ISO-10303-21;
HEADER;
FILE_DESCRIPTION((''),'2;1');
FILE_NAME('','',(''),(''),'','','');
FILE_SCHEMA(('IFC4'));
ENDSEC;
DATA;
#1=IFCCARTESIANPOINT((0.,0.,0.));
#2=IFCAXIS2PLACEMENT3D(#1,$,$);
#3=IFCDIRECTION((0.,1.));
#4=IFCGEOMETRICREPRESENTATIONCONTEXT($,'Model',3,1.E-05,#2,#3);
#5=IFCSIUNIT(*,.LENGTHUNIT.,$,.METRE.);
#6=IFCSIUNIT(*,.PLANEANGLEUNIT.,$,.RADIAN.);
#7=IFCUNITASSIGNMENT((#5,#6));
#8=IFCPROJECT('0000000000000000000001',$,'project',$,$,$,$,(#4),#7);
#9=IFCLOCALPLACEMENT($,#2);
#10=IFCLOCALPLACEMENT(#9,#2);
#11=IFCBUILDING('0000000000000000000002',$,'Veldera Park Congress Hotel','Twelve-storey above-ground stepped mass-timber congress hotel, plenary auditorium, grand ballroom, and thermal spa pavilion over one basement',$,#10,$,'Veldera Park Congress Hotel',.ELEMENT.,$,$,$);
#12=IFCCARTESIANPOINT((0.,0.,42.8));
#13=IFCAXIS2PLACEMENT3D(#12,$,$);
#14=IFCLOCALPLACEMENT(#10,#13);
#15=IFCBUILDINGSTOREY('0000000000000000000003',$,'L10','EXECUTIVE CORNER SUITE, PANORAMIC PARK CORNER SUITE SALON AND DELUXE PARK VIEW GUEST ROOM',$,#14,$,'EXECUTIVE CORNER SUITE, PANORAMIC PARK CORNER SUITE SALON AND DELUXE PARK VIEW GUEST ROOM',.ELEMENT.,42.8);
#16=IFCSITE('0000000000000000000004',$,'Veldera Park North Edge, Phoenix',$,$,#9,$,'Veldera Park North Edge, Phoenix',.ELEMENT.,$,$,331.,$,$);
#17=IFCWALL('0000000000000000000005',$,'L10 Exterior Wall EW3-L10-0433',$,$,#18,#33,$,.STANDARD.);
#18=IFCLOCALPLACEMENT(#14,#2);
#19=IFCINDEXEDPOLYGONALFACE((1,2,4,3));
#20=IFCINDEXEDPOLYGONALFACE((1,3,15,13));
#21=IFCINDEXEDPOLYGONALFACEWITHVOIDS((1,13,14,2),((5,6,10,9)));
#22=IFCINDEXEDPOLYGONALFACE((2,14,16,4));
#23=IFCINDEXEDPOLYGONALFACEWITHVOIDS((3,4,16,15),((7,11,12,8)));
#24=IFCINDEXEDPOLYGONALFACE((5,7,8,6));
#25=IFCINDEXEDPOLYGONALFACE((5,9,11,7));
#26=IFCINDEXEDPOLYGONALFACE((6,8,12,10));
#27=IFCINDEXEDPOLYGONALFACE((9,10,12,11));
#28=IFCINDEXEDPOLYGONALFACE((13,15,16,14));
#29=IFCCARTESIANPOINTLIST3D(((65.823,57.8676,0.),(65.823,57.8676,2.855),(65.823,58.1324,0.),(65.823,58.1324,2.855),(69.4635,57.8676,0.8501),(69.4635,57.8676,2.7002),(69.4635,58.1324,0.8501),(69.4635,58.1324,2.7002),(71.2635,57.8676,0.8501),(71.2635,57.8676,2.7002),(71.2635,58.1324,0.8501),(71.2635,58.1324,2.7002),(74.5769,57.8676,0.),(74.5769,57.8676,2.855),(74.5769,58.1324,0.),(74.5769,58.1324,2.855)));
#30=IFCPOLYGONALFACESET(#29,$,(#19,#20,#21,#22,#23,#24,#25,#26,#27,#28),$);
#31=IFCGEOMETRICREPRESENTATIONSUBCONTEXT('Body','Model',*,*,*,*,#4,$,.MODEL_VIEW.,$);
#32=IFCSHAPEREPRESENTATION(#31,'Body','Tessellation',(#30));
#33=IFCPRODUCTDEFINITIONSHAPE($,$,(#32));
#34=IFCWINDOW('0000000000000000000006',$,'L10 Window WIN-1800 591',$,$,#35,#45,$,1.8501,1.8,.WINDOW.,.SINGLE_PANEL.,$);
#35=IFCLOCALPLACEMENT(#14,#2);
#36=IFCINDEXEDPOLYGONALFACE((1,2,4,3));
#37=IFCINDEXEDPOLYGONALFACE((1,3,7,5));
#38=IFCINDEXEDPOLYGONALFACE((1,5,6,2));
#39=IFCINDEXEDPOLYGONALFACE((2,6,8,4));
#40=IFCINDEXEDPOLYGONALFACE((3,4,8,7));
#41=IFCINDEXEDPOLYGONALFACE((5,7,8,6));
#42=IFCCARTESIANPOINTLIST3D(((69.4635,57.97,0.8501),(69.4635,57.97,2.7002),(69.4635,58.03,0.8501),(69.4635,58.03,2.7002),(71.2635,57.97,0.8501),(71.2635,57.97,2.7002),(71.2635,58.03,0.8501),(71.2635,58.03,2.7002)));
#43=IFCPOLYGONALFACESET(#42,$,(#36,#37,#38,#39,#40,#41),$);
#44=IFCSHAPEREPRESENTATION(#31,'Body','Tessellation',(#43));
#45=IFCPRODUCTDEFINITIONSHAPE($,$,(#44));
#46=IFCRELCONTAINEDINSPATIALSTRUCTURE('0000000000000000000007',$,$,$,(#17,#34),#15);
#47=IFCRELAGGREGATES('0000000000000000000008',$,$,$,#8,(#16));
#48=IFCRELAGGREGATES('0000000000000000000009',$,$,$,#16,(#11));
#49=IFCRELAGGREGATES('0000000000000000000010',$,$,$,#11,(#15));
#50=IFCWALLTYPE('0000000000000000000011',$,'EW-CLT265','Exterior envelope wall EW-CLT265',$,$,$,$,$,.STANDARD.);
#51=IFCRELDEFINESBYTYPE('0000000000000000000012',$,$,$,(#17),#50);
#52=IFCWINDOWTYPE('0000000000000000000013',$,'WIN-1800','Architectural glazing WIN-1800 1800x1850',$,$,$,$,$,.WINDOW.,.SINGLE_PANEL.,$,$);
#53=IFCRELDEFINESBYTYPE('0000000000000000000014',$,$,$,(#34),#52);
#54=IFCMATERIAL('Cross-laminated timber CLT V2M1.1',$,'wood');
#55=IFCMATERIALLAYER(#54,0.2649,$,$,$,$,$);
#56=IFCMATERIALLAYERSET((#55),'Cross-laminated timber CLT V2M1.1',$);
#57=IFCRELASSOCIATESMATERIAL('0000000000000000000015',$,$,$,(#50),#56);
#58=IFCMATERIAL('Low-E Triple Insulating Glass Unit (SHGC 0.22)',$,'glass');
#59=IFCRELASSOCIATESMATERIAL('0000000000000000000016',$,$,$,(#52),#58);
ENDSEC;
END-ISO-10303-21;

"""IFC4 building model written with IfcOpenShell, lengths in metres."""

from ifc_helpers import new_model, si_unit, direction, frame, frame_2d, origin, place, context, subcontext, project, spatial, rectangle, extrude, material, layer, layer_set, type_object, element, fill, save


model = new_model("IFC4")

# Units and contexts
model_context = context("Model", 3, precision=1e-05, world=origin(), true_north=direction((0.0, 1.0)))
body_context = subcontext(model_context, "Body", "Model", "MODEL_VIEW")
ifc_project = project(units=[si_unit("LENGTHUNIT", "METRE"), si_unit("PLANEANGLEUNIT", "RADIAN")], contexts=[model_context])

# Site, building, storey
site_placement = place(None, origin())
site = spatial("IfcSite", under=ifc_project, at=site_placement, Name="Veldera Park North Edge, Phoenix", LongName="Veldera Park North Edge, Phoenix", CompositionType="ELEMENT", RefElevation=331.0)
building_placement = place(site_placement, origin())
building = spatial("IfcBuilding", under=site, at=building_placement, Name="Veldera Park Congress Hotel", Description="Twelve-storey above-ground stepped mass-timber congress hotel, plenary auditorium, grand ballroom, and thermal spa pavilion over one basement", LongName="Veldera Park Congress Hotel", CompositionType="ELEMENT")
storey_placement = place(building_placement, frame((0.0, 0.0, 42.8)))
storey = spatial("IfcBuildingStorey", under=building, at=storey_placement, Name="L10", Description="EXECUTIVE CORNER SUITE, PANORAMIC PARK CORNER SUITE SALON AND DELUXE PARK VIEW GUEST ROOM", LongName="EXECUTIVE CORNER SUITE, PANORAMIC PARK CORNER SUITE SALON AND DELUXE PARK VIEW GUEST ROOM", CompositionType="ELEMENT", Elevation=42.8)

# Shared definitions
ifc_material_1 = material(Name="Low-E Triple Insulating Glass Unit (SHGC 0.22)", Category="glass")

# Wall, opening, window
ifc_material_2 = material(Name="Cross-laminated timber CLT V2M1.1", Category="wood")
ifc_layer_1 = layer(ifc_material_2, 0.2649)
ifc_layer_set_1 = layer_set([ifc_layer_1], Name="Cross-laminated timber CLT V2M1.1")
wall_type = type_object("IfcWallType", Name="EW-CLT265", Description="Exterior envelope wall EW-CLT265", PredefinedType="STANDARD", material=ifc_layer_set_1)
wall_placement = place(storey_placement, frame((74.5769, 58.0, 0.0), z_axis=(0.0, 0.0, 1.0), x_axis=(-1.0, 0.0, 0.0)))
wall = element("IfcWall", 1, at=wall_placement, inside=storey, type_object=wall_type, Name="L10 Exterior Wall EW3-L10-0433", PredefinedType="STANDARD", context=body_context, shape_type="SweptSolid", body=[
    extrude(rectangle(XDim=8.7539, YDim=0.2649, at=frame_2d((4.377, 0.0))), origin(), (0.0, 0.0, 1.0), 2.855),
])
opening_placement = place(wall_placement, frame((3.3135, 0.0, 0.8501)))
opening = element("IfcOpeningElement", 2, at=opening_placement, cuts=wall, PredefinedType="OPENING", context=body_context, shape_type="SweptSolid", body=[
    extrude(rectangle(XDim=1.8, YDim=1.8501, at=frame_2d((0.8999, 0.925))), frame((0.0, 0.1445, 0.0), z_axis=(0.0, -1.0, 0.0), x_axis=(1.0, 0.0, 0.0)), (0.0, 0.0, 1.0), 0.2888),
])
window_type = type_object("IfcWindowType", Name="WIN-1800", Description="Architectural glazing WIN-1800 1800x1850", PartitioningType="SINGLE_PANEL", PredefinedType="WINDOW", material=ifc_material_1)
window_placement = place(opening_placement, origin())
window = element("IfcWindow", 3, at=window_placement, inside=storey, type_object=window_type, Name="L10 Window WIN-1800 591", OverallHeight=1.8501, OverallWidth=1.8, PartitioningType="SINGLE_PANEL", PredefinedType="WINDOW", context=body_context, shape_type="SweptSolid", body=[
    extrude(rectangle(XDim=1.8, YDim=1.8501, at=frame_2d((0.8999, 0.925))), frame((0.0, 0.03, 0.0), z_axis=(0.0, -1.0, 0.0), x_axis=(1.0, 0.0, 0.0)), (0.0, 0.0, 1.0), 0.0601),
])
fill(opening, window)

save(model, "model.ifc")
